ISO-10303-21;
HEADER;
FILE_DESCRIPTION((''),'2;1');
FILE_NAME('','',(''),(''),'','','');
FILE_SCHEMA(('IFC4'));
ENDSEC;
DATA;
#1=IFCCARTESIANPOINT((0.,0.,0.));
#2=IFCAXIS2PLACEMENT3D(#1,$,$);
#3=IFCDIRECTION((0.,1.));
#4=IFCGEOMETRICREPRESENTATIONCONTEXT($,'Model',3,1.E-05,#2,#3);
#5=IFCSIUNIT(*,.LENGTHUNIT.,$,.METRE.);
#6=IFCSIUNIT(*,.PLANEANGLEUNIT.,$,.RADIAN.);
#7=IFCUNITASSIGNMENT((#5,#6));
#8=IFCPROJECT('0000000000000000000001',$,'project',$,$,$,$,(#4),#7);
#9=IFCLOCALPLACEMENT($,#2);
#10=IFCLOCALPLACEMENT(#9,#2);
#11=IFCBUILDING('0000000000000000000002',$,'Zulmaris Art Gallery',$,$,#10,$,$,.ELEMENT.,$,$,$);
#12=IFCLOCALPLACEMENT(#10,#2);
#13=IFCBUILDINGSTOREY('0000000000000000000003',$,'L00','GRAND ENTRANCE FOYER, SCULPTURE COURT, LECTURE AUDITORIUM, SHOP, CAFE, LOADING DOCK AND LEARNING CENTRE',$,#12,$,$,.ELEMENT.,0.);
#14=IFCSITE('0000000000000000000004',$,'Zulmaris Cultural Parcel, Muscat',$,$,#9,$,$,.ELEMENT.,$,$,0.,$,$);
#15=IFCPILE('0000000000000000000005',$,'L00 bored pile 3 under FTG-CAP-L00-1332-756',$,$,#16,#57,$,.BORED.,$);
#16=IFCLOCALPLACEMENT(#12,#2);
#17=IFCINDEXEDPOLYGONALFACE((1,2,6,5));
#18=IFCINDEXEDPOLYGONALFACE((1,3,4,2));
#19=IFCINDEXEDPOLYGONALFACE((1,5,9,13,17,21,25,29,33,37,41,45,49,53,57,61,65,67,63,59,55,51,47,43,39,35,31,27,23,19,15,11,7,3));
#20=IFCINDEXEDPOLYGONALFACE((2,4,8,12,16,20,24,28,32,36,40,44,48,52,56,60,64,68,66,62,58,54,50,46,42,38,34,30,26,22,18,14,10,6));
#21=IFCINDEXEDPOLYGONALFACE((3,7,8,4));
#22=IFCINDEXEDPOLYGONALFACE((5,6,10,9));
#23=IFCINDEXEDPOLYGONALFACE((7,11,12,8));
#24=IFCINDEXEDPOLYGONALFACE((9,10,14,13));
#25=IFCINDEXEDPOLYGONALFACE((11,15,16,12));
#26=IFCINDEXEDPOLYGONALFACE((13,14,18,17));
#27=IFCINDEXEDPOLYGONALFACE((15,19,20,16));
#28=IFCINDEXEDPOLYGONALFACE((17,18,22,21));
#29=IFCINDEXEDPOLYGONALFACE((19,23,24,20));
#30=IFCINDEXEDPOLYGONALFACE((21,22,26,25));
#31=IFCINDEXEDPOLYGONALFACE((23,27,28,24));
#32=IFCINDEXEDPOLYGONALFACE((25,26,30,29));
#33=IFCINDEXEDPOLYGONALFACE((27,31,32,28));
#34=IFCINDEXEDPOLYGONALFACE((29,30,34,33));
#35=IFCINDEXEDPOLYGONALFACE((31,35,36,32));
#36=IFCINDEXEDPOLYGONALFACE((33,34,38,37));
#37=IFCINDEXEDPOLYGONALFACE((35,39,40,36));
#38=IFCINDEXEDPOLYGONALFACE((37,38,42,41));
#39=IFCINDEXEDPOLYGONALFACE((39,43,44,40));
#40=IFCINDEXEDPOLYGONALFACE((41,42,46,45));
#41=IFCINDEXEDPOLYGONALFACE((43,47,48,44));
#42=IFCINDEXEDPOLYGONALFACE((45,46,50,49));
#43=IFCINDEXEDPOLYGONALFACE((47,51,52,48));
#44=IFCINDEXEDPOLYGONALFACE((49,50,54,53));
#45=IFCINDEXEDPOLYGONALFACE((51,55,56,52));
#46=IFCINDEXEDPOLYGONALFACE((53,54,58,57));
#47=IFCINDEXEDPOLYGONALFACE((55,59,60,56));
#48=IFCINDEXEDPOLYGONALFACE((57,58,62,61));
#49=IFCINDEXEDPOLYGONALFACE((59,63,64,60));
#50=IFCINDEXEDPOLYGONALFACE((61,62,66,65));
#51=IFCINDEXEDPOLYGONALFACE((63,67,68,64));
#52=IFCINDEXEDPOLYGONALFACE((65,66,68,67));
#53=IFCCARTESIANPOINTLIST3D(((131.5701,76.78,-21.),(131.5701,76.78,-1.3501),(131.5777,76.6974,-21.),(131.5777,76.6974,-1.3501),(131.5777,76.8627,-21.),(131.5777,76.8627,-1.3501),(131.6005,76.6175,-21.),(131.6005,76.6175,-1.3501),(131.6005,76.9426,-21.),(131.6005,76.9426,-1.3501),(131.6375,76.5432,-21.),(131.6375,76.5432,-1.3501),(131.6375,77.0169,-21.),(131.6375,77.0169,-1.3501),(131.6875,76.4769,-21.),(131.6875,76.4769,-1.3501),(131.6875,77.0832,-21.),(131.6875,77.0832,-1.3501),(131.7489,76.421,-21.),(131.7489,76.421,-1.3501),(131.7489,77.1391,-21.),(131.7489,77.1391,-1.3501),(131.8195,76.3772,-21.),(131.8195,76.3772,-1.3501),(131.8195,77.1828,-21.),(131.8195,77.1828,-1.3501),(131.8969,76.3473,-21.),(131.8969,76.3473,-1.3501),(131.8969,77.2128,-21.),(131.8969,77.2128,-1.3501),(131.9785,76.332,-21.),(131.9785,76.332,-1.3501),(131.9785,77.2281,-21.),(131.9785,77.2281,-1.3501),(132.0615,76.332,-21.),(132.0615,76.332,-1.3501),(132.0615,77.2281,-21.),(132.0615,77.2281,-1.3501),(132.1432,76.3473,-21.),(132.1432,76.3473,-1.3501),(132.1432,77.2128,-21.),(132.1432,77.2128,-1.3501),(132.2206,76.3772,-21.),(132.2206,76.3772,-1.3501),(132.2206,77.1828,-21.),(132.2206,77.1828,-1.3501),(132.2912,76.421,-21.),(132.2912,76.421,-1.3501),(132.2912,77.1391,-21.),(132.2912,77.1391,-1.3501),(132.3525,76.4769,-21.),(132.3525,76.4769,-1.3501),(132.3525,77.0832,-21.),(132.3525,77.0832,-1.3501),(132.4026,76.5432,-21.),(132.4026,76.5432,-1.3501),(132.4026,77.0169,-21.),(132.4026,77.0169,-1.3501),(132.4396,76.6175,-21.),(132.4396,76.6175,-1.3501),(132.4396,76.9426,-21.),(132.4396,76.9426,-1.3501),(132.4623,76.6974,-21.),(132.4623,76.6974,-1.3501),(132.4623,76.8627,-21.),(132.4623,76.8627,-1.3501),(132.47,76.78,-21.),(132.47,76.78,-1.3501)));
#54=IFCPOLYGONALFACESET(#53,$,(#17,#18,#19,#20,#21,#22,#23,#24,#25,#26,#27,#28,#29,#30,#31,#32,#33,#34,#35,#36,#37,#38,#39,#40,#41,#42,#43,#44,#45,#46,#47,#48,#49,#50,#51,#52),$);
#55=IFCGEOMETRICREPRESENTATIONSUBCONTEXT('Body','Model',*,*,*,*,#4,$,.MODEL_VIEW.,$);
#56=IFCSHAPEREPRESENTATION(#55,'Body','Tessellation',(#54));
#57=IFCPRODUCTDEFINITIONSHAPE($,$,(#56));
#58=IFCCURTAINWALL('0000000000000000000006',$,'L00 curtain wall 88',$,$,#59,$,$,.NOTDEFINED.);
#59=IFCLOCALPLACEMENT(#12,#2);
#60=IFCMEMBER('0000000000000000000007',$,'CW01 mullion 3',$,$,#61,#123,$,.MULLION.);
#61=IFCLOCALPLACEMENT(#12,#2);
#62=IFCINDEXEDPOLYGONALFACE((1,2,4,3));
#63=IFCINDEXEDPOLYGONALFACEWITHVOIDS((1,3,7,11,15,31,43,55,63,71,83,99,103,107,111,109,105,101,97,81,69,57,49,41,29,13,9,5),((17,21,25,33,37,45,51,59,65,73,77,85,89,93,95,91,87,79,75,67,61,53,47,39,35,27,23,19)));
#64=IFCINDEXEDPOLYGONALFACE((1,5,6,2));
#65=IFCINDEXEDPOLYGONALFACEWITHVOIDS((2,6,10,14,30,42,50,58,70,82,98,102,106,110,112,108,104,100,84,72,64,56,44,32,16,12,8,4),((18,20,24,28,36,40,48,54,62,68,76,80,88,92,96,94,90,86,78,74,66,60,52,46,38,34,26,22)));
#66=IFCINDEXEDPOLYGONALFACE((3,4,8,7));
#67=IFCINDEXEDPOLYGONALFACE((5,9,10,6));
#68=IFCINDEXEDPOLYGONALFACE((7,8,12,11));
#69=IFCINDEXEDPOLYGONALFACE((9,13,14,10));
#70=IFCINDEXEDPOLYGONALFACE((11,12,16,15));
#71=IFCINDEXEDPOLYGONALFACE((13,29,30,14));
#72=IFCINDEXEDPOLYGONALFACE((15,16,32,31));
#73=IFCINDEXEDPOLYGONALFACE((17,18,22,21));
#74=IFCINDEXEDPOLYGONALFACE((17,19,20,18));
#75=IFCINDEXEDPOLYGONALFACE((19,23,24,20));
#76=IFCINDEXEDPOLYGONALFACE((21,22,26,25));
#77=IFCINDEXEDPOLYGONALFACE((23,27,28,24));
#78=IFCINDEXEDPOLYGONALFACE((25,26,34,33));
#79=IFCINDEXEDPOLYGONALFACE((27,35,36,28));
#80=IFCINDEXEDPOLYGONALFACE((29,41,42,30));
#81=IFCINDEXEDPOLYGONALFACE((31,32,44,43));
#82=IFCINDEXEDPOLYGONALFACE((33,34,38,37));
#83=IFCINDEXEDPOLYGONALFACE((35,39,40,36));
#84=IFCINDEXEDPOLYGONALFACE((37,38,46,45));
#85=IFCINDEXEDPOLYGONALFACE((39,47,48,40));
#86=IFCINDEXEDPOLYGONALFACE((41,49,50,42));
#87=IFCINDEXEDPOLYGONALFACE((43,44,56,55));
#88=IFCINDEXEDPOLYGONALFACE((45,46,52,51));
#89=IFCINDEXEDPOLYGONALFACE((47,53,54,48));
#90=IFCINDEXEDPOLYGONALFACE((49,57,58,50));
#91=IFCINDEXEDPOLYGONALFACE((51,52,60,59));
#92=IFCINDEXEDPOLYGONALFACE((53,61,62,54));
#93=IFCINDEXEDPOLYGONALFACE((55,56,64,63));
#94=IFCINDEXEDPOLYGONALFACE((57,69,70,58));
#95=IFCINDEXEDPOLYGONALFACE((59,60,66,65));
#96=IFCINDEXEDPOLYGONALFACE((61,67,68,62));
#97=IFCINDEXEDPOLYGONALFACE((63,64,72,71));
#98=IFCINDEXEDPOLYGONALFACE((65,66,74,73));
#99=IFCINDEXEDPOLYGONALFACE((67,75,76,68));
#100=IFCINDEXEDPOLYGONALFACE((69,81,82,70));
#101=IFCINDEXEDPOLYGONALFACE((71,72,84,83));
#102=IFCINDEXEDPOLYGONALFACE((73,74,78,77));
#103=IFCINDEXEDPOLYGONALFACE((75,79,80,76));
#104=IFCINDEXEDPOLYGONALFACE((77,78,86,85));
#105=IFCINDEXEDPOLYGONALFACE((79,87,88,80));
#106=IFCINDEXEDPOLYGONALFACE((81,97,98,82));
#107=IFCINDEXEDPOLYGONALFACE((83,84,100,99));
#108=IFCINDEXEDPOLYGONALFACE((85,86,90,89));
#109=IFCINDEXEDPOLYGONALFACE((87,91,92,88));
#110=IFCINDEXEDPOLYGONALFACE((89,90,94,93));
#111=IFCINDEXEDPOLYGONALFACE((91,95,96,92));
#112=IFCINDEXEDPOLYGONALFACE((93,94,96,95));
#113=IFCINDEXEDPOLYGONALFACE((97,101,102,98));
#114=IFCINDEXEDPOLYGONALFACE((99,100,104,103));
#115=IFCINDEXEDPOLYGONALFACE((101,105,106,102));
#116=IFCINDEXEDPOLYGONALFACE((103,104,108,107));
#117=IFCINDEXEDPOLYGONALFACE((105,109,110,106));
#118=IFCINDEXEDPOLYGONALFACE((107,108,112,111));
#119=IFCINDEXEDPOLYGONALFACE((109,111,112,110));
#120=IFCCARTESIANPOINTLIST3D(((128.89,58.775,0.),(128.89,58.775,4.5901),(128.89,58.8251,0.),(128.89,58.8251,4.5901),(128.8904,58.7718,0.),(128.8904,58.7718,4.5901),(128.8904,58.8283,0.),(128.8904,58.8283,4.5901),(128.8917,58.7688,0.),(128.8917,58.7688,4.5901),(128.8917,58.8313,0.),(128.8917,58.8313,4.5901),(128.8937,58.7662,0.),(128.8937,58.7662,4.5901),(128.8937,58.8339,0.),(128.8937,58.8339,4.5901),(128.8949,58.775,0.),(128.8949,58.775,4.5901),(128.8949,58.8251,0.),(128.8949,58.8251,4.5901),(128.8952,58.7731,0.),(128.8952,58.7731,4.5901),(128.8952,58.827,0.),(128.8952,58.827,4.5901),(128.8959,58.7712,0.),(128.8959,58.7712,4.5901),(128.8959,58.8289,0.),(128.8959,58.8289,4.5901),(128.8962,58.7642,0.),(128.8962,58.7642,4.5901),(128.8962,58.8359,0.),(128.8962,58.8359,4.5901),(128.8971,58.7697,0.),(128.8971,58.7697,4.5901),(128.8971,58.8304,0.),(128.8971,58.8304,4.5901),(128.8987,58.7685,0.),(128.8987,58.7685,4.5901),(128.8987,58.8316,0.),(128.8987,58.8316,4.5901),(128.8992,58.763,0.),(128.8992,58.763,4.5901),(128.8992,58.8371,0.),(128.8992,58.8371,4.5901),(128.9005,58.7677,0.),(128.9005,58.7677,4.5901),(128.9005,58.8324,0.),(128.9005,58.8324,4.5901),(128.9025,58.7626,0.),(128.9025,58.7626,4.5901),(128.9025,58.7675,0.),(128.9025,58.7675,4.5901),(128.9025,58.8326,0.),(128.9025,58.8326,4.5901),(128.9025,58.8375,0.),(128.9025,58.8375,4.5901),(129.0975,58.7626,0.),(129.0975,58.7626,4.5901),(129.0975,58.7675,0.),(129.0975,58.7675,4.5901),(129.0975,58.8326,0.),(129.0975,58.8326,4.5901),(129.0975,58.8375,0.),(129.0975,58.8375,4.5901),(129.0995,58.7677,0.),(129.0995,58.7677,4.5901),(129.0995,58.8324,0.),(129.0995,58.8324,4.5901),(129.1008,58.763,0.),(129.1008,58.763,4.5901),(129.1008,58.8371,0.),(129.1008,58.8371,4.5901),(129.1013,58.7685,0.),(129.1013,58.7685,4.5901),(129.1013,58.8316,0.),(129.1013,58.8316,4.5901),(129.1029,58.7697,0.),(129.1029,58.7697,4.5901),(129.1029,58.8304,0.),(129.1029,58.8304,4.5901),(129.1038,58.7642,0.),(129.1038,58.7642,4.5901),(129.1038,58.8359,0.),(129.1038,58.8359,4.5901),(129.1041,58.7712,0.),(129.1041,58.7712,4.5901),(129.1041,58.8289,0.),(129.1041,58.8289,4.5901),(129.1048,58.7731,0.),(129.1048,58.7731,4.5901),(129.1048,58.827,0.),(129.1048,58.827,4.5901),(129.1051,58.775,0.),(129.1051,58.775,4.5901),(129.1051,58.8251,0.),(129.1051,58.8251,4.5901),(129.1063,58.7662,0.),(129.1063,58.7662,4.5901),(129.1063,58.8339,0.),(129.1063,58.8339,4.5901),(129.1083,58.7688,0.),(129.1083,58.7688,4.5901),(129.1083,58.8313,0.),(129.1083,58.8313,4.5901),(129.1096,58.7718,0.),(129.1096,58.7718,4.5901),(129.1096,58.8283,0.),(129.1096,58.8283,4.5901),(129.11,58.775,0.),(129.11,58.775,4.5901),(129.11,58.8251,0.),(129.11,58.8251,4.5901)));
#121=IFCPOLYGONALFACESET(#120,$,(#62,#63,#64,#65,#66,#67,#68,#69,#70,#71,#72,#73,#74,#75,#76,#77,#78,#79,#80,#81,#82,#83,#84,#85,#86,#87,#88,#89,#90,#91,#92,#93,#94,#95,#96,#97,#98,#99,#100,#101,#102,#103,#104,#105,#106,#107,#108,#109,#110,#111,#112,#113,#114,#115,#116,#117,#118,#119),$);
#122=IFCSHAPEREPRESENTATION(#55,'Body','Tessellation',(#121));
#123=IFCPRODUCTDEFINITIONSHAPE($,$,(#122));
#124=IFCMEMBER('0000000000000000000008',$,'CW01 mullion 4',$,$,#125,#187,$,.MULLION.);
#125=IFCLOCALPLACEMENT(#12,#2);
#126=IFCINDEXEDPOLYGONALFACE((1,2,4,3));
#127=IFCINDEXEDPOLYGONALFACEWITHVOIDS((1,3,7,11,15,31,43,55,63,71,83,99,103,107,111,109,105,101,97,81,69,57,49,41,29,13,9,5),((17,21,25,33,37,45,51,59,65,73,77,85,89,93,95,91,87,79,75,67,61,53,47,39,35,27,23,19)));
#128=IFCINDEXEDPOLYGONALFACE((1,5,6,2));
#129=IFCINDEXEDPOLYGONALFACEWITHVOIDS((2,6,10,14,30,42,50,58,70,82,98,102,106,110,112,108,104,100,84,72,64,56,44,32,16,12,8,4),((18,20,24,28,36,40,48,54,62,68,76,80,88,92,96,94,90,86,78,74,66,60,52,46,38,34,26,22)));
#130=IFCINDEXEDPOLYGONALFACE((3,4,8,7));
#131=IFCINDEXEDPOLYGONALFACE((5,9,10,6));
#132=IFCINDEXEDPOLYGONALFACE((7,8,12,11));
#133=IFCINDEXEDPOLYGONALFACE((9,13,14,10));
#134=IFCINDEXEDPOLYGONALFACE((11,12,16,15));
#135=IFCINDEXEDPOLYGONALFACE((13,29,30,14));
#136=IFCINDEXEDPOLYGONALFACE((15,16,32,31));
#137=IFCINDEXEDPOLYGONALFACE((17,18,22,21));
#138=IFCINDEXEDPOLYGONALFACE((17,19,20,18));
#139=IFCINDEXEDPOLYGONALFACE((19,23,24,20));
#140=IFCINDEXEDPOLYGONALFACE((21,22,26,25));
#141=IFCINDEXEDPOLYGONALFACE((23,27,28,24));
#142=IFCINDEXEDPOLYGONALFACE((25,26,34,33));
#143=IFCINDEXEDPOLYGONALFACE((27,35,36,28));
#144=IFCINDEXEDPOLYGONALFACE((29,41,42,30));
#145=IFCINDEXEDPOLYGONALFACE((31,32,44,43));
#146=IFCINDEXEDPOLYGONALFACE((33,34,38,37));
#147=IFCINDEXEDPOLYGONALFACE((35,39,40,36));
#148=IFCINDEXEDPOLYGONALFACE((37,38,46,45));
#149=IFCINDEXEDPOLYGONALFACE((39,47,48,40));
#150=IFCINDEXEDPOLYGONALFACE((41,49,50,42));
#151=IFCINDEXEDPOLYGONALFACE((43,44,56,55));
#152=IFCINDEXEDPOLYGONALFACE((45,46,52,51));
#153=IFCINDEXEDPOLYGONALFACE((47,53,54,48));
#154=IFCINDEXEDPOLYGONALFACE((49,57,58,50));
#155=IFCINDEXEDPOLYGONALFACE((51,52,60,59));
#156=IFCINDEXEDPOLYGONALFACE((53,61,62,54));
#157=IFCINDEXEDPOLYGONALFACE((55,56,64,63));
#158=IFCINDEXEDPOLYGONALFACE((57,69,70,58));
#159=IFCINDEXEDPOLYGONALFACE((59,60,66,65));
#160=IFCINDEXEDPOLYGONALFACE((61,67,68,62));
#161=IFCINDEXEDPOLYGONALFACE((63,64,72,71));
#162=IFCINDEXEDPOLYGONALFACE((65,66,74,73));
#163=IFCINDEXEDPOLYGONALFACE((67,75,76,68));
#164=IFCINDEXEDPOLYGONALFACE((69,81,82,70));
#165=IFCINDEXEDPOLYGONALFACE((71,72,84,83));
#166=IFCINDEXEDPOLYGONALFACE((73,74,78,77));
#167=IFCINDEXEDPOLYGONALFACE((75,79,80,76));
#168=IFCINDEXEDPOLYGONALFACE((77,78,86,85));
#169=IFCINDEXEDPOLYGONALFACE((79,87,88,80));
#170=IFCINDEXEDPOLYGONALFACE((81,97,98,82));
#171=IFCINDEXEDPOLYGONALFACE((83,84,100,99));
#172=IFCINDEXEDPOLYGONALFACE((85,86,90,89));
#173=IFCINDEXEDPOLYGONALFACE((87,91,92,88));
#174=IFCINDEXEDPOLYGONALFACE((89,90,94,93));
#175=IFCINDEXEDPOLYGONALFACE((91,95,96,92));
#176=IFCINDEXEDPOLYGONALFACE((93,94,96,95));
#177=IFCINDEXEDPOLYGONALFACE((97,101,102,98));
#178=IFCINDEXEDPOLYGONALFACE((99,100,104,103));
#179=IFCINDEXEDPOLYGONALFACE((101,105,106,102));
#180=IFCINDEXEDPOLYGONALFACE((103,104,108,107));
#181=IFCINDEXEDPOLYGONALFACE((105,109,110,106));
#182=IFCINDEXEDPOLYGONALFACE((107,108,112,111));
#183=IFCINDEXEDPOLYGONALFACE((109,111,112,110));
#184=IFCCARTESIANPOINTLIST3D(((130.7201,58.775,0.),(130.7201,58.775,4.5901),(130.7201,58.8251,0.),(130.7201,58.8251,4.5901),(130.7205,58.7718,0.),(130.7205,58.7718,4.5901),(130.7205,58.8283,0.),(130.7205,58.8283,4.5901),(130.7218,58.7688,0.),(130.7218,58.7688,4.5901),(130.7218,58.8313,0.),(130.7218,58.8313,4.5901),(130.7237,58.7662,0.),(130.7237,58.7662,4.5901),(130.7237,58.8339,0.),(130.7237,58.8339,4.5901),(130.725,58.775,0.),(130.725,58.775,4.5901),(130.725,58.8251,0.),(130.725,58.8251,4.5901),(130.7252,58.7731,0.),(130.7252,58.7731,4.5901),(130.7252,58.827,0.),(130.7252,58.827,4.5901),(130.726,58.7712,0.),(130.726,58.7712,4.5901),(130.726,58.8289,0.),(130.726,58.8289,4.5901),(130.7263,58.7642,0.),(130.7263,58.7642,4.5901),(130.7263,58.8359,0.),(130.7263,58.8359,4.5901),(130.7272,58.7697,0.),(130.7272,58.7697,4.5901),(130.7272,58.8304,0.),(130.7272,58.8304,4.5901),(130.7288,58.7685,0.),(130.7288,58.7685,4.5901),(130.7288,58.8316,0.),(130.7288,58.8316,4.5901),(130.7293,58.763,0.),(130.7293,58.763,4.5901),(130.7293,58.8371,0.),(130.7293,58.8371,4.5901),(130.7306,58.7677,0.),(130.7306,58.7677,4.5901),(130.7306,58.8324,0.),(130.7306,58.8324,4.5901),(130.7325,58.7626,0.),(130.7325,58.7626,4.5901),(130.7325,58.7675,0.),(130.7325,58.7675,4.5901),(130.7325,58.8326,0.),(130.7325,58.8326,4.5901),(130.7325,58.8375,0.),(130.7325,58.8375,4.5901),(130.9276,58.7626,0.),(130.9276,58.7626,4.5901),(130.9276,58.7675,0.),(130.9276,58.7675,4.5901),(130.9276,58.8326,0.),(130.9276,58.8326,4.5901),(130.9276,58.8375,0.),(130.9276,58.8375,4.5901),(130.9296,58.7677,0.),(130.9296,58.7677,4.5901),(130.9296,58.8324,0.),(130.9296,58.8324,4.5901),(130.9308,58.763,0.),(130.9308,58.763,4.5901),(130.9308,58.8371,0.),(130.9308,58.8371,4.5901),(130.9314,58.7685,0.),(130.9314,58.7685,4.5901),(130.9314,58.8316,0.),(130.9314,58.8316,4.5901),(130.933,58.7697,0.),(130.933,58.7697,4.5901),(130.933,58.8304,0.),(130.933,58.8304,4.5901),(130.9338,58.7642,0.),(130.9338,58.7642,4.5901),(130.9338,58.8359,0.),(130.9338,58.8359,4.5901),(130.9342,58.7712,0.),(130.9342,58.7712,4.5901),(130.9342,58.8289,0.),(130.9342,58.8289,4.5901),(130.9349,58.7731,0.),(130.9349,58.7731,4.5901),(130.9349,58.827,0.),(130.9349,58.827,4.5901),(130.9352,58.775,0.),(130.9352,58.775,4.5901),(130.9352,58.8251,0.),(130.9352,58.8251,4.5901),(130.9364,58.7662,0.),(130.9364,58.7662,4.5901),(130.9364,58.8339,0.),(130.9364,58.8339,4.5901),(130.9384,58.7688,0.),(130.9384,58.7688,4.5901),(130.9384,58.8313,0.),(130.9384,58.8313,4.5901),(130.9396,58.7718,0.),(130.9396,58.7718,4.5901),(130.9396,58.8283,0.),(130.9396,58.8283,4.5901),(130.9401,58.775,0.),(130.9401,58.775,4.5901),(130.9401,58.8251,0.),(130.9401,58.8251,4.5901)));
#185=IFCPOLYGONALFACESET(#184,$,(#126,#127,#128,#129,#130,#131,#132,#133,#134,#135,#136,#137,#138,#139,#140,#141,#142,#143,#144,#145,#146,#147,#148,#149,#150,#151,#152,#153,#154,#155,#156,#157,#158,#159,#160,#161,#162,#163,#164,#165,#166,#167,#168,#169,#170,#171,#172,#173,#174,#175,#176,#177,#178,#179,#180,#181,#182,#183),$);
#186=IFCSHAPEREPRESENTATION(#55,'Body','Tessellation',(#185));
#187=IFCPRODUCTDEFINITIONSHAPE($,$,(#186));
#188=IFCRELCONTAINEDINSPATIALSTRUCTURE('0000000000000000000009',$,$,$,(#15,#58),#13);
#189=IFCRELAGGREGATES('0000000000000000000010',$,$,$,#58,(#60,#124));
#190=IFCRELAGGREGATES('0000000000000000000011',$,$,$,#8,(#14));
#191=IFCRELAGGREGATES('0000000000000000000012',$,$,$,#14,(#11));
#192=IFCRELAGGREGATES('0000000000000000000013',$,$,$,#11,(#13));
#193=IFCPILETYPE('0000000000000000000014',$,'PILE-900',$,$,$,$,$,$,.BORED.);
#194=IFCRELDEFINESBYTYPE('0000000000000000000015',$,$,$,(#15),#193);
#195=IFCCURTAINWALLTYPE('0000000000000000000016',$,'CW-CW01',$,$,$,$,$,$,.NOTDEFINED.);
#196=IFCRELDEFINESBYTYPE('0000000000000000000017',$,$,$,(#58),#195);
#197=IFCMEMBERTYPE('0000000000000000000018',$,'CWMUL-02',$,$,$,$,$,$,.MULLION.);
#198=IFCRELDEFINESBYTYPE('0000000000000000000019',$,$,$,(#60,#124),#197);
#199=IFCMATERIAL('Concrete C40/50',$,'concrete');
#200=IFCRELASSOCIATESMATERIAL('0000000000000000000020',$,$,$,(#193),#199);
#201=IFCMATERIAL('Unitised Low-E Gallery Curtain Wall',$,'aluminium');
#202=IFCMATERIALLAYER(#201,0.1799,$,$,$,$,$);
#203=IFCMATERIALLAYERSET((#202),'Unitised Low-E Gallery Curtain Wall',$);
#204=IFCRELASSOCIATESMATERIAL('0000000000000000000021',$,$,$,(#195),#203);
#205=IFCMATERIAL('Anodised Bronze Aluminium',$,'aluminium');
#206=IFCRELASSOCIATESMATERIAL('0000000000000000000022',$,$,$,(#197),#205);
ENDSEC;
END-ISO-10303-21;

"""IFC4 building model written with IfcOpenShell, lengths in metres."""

from ifc_helpers import new_model, si_unit, direction, frame, origin, origin_2d, place, context, subcontext, project, spatial, hollow_rectangle, circle, extrude, material, layer, layer_set, material_profile, profile_set, type_object, element, aggregate, save


model = new_model("IFC4")

# Units and contexts
model_context = context("Model", 3, precision=1e-05, world=origin(), true_north=direction((0.0, 1.0)))
body_context = subcontext(model_context, "Body", "Model", "MODEL_VIEW")
ifc_project = project(units=[si_unit("LENGTHUNIT", "METRE"), si_unit("PLANEANGLEUNIT", "RADIAN")], contexts=[model_context])

# Site, building, storey
site_placement = place(None, origin())
site = spatial("IfcSite", under=ifc_project, at=site_placement, Name="Zulmaris Cultural Parcel, Muscat", CompositionType="ELEMENT", RefElevation=0.0)
building_placement = place(site_placement, origin())
building = spatial("IfcBuilding", under=site, at=building_placement, Name="Zulmaris Art Gallery", CompositionType="ELEMENT")
storey_placement = place(building_placement, origin())
storey = spatial("IfcBuildingStorey", under=building, at=storey_placement, Name="L00", Description="GRAND ENTRANCE FOYER, SCULPTURE COURT, LECTURE AUDITORIUM, SHOP, CAFE, LOADING DOCK AND LEARNING CENTRE", CompositionType="ELEMENT", Elevation=0.0)

# Pile
ifc_material_1 = material(Name="Concrete C40/50", Category="concrete")
ifc_material_profile_1 = material_profile(ifc_material_1, circle(Radius=0.45, at=origin_2d()), Name="PILE DIA 900")
ifc_profile_set_1 = profile_set([ifc_material_profile_1], Name="Concrete C40/50")
pile_type_1 = type_object("IfcPileType", Name="PILE-900", PredefinedType="BORED", material=ifc_profile_set_1)
for number, where, z_axis, x_axis, name in (
    (1, (132.02, 76.78, -1.3501), (0.0, 0.0, -1.0), (1.0, 0.0, 0.0), "L00 bored pile 3 under FTG-CAP-L00-1332-756"),
):
    element("IfcPile", number, at=place(storey_placement, frame(where, z_axis=z_axis, x_axis=x_axis)), inside=storey, type_object=pile_type_1, Name=name, PredefinedType="BORED", context=body_context, shape_type="SweptSolid", body=[
        extrude(circle(Radius=0.45, at=origin_2d()), origin(), (0.0, 0.0, 1.0), 19.6499),
    ])

# Curtain wall, members
ifc_material_2 = material(Name="Unitised Low-E Gallery Curtain Wall", Category="aluminium")
ifc_layer_1 = layer(ifc_material_2, 0.1799)
ifc_layer_set_1 = layer_set([ifc_layer_1], Name="Unitised Low-E Gallery Curtain Wall")
curtain_wall_type = type_object("IfcCurtainWallType", Name="CW-CW01", PredefinedType="NOTDEFINED", material=ifc_layer_set_1)
curtain_wall_placement = place(storey_placement, origin())
curtain_wall = element("IfcCurtainWall", 2, at=curtain_wall_placement, inside=storey, type_object=curtain_wall_type, Name="L00 curtain wall 88", PredefinedType="NOTDEFINED")
ifc_material_3 = material(Name="Anodised Bronze Aluminium", Category="aluminium")
ifc_material_profile_2 = material_profile(ifc_material_3, hollow_rectangle(XDim=0.075, YDim=0.22, WallThickness=0.0049, InnerFilletRadius=0.0076, OuterFilletRadius=0.0125, at=origin_2d()), Name="ALU 75x220x5")
ifc_profile_set_2 = profile_set([ifc_material_profile_2], Name="Anodised Bronze Aluminium")
member_type_1 = type_object("IfcMemberType", Name="CWMUL-02", PredefinedType="MULLION", material=ifc_profile_set_2)
member_1_placement = place(storey_placement, frame((129.0, 58.8, 0.0), z_axis=(0.0, 0.0, 1.0), x_axis=(0.0, 1.0, 0.0)))
member_1 = element("IfcMember", 3, at=member_1_placement, type_object=member_type_1, Name="CW01 mullion 3", PredefinedType="MULLION", context=body_context, shape_type="SweptSolid", body=[
    extrude(hollow_rectangle(XDim=0.075, YDim=0.22, WallThickness=0.0049, InnerFilletRadius=0.0076, OuterFilletRadius=0.0125, at=origin_2d()), origin(), (0.0, 0.0, 1.0), 4.5901),
])
member_2_placement = place(storey_placement, frame((130.8301, 58.8, 0.0), z_axis=(0.0, 0.0, 1.0), x_axis=(0.0, 1.0, 0.0)))
member_2 = element("IfcMember", 4, at=member_2_placement, type_object=member_type_1, Name="CW01 mullion 4", PredefinedType="MULLION", context=body_context, shape_type="SweptSolid", body=[
    extrude(hollow_rectangle(XDim=0.075, YDim=0.22, WallThickness=0.0049, InnerFilletRadius=0.0076, OuterFilletRadius=0.0125, at=origin_2d()), origin(), (0.0, 0.0, 1.0), 4.5901),
])
aggregate(curtain_wall, [member_1, member_2])

save(model, "model.ifc")
